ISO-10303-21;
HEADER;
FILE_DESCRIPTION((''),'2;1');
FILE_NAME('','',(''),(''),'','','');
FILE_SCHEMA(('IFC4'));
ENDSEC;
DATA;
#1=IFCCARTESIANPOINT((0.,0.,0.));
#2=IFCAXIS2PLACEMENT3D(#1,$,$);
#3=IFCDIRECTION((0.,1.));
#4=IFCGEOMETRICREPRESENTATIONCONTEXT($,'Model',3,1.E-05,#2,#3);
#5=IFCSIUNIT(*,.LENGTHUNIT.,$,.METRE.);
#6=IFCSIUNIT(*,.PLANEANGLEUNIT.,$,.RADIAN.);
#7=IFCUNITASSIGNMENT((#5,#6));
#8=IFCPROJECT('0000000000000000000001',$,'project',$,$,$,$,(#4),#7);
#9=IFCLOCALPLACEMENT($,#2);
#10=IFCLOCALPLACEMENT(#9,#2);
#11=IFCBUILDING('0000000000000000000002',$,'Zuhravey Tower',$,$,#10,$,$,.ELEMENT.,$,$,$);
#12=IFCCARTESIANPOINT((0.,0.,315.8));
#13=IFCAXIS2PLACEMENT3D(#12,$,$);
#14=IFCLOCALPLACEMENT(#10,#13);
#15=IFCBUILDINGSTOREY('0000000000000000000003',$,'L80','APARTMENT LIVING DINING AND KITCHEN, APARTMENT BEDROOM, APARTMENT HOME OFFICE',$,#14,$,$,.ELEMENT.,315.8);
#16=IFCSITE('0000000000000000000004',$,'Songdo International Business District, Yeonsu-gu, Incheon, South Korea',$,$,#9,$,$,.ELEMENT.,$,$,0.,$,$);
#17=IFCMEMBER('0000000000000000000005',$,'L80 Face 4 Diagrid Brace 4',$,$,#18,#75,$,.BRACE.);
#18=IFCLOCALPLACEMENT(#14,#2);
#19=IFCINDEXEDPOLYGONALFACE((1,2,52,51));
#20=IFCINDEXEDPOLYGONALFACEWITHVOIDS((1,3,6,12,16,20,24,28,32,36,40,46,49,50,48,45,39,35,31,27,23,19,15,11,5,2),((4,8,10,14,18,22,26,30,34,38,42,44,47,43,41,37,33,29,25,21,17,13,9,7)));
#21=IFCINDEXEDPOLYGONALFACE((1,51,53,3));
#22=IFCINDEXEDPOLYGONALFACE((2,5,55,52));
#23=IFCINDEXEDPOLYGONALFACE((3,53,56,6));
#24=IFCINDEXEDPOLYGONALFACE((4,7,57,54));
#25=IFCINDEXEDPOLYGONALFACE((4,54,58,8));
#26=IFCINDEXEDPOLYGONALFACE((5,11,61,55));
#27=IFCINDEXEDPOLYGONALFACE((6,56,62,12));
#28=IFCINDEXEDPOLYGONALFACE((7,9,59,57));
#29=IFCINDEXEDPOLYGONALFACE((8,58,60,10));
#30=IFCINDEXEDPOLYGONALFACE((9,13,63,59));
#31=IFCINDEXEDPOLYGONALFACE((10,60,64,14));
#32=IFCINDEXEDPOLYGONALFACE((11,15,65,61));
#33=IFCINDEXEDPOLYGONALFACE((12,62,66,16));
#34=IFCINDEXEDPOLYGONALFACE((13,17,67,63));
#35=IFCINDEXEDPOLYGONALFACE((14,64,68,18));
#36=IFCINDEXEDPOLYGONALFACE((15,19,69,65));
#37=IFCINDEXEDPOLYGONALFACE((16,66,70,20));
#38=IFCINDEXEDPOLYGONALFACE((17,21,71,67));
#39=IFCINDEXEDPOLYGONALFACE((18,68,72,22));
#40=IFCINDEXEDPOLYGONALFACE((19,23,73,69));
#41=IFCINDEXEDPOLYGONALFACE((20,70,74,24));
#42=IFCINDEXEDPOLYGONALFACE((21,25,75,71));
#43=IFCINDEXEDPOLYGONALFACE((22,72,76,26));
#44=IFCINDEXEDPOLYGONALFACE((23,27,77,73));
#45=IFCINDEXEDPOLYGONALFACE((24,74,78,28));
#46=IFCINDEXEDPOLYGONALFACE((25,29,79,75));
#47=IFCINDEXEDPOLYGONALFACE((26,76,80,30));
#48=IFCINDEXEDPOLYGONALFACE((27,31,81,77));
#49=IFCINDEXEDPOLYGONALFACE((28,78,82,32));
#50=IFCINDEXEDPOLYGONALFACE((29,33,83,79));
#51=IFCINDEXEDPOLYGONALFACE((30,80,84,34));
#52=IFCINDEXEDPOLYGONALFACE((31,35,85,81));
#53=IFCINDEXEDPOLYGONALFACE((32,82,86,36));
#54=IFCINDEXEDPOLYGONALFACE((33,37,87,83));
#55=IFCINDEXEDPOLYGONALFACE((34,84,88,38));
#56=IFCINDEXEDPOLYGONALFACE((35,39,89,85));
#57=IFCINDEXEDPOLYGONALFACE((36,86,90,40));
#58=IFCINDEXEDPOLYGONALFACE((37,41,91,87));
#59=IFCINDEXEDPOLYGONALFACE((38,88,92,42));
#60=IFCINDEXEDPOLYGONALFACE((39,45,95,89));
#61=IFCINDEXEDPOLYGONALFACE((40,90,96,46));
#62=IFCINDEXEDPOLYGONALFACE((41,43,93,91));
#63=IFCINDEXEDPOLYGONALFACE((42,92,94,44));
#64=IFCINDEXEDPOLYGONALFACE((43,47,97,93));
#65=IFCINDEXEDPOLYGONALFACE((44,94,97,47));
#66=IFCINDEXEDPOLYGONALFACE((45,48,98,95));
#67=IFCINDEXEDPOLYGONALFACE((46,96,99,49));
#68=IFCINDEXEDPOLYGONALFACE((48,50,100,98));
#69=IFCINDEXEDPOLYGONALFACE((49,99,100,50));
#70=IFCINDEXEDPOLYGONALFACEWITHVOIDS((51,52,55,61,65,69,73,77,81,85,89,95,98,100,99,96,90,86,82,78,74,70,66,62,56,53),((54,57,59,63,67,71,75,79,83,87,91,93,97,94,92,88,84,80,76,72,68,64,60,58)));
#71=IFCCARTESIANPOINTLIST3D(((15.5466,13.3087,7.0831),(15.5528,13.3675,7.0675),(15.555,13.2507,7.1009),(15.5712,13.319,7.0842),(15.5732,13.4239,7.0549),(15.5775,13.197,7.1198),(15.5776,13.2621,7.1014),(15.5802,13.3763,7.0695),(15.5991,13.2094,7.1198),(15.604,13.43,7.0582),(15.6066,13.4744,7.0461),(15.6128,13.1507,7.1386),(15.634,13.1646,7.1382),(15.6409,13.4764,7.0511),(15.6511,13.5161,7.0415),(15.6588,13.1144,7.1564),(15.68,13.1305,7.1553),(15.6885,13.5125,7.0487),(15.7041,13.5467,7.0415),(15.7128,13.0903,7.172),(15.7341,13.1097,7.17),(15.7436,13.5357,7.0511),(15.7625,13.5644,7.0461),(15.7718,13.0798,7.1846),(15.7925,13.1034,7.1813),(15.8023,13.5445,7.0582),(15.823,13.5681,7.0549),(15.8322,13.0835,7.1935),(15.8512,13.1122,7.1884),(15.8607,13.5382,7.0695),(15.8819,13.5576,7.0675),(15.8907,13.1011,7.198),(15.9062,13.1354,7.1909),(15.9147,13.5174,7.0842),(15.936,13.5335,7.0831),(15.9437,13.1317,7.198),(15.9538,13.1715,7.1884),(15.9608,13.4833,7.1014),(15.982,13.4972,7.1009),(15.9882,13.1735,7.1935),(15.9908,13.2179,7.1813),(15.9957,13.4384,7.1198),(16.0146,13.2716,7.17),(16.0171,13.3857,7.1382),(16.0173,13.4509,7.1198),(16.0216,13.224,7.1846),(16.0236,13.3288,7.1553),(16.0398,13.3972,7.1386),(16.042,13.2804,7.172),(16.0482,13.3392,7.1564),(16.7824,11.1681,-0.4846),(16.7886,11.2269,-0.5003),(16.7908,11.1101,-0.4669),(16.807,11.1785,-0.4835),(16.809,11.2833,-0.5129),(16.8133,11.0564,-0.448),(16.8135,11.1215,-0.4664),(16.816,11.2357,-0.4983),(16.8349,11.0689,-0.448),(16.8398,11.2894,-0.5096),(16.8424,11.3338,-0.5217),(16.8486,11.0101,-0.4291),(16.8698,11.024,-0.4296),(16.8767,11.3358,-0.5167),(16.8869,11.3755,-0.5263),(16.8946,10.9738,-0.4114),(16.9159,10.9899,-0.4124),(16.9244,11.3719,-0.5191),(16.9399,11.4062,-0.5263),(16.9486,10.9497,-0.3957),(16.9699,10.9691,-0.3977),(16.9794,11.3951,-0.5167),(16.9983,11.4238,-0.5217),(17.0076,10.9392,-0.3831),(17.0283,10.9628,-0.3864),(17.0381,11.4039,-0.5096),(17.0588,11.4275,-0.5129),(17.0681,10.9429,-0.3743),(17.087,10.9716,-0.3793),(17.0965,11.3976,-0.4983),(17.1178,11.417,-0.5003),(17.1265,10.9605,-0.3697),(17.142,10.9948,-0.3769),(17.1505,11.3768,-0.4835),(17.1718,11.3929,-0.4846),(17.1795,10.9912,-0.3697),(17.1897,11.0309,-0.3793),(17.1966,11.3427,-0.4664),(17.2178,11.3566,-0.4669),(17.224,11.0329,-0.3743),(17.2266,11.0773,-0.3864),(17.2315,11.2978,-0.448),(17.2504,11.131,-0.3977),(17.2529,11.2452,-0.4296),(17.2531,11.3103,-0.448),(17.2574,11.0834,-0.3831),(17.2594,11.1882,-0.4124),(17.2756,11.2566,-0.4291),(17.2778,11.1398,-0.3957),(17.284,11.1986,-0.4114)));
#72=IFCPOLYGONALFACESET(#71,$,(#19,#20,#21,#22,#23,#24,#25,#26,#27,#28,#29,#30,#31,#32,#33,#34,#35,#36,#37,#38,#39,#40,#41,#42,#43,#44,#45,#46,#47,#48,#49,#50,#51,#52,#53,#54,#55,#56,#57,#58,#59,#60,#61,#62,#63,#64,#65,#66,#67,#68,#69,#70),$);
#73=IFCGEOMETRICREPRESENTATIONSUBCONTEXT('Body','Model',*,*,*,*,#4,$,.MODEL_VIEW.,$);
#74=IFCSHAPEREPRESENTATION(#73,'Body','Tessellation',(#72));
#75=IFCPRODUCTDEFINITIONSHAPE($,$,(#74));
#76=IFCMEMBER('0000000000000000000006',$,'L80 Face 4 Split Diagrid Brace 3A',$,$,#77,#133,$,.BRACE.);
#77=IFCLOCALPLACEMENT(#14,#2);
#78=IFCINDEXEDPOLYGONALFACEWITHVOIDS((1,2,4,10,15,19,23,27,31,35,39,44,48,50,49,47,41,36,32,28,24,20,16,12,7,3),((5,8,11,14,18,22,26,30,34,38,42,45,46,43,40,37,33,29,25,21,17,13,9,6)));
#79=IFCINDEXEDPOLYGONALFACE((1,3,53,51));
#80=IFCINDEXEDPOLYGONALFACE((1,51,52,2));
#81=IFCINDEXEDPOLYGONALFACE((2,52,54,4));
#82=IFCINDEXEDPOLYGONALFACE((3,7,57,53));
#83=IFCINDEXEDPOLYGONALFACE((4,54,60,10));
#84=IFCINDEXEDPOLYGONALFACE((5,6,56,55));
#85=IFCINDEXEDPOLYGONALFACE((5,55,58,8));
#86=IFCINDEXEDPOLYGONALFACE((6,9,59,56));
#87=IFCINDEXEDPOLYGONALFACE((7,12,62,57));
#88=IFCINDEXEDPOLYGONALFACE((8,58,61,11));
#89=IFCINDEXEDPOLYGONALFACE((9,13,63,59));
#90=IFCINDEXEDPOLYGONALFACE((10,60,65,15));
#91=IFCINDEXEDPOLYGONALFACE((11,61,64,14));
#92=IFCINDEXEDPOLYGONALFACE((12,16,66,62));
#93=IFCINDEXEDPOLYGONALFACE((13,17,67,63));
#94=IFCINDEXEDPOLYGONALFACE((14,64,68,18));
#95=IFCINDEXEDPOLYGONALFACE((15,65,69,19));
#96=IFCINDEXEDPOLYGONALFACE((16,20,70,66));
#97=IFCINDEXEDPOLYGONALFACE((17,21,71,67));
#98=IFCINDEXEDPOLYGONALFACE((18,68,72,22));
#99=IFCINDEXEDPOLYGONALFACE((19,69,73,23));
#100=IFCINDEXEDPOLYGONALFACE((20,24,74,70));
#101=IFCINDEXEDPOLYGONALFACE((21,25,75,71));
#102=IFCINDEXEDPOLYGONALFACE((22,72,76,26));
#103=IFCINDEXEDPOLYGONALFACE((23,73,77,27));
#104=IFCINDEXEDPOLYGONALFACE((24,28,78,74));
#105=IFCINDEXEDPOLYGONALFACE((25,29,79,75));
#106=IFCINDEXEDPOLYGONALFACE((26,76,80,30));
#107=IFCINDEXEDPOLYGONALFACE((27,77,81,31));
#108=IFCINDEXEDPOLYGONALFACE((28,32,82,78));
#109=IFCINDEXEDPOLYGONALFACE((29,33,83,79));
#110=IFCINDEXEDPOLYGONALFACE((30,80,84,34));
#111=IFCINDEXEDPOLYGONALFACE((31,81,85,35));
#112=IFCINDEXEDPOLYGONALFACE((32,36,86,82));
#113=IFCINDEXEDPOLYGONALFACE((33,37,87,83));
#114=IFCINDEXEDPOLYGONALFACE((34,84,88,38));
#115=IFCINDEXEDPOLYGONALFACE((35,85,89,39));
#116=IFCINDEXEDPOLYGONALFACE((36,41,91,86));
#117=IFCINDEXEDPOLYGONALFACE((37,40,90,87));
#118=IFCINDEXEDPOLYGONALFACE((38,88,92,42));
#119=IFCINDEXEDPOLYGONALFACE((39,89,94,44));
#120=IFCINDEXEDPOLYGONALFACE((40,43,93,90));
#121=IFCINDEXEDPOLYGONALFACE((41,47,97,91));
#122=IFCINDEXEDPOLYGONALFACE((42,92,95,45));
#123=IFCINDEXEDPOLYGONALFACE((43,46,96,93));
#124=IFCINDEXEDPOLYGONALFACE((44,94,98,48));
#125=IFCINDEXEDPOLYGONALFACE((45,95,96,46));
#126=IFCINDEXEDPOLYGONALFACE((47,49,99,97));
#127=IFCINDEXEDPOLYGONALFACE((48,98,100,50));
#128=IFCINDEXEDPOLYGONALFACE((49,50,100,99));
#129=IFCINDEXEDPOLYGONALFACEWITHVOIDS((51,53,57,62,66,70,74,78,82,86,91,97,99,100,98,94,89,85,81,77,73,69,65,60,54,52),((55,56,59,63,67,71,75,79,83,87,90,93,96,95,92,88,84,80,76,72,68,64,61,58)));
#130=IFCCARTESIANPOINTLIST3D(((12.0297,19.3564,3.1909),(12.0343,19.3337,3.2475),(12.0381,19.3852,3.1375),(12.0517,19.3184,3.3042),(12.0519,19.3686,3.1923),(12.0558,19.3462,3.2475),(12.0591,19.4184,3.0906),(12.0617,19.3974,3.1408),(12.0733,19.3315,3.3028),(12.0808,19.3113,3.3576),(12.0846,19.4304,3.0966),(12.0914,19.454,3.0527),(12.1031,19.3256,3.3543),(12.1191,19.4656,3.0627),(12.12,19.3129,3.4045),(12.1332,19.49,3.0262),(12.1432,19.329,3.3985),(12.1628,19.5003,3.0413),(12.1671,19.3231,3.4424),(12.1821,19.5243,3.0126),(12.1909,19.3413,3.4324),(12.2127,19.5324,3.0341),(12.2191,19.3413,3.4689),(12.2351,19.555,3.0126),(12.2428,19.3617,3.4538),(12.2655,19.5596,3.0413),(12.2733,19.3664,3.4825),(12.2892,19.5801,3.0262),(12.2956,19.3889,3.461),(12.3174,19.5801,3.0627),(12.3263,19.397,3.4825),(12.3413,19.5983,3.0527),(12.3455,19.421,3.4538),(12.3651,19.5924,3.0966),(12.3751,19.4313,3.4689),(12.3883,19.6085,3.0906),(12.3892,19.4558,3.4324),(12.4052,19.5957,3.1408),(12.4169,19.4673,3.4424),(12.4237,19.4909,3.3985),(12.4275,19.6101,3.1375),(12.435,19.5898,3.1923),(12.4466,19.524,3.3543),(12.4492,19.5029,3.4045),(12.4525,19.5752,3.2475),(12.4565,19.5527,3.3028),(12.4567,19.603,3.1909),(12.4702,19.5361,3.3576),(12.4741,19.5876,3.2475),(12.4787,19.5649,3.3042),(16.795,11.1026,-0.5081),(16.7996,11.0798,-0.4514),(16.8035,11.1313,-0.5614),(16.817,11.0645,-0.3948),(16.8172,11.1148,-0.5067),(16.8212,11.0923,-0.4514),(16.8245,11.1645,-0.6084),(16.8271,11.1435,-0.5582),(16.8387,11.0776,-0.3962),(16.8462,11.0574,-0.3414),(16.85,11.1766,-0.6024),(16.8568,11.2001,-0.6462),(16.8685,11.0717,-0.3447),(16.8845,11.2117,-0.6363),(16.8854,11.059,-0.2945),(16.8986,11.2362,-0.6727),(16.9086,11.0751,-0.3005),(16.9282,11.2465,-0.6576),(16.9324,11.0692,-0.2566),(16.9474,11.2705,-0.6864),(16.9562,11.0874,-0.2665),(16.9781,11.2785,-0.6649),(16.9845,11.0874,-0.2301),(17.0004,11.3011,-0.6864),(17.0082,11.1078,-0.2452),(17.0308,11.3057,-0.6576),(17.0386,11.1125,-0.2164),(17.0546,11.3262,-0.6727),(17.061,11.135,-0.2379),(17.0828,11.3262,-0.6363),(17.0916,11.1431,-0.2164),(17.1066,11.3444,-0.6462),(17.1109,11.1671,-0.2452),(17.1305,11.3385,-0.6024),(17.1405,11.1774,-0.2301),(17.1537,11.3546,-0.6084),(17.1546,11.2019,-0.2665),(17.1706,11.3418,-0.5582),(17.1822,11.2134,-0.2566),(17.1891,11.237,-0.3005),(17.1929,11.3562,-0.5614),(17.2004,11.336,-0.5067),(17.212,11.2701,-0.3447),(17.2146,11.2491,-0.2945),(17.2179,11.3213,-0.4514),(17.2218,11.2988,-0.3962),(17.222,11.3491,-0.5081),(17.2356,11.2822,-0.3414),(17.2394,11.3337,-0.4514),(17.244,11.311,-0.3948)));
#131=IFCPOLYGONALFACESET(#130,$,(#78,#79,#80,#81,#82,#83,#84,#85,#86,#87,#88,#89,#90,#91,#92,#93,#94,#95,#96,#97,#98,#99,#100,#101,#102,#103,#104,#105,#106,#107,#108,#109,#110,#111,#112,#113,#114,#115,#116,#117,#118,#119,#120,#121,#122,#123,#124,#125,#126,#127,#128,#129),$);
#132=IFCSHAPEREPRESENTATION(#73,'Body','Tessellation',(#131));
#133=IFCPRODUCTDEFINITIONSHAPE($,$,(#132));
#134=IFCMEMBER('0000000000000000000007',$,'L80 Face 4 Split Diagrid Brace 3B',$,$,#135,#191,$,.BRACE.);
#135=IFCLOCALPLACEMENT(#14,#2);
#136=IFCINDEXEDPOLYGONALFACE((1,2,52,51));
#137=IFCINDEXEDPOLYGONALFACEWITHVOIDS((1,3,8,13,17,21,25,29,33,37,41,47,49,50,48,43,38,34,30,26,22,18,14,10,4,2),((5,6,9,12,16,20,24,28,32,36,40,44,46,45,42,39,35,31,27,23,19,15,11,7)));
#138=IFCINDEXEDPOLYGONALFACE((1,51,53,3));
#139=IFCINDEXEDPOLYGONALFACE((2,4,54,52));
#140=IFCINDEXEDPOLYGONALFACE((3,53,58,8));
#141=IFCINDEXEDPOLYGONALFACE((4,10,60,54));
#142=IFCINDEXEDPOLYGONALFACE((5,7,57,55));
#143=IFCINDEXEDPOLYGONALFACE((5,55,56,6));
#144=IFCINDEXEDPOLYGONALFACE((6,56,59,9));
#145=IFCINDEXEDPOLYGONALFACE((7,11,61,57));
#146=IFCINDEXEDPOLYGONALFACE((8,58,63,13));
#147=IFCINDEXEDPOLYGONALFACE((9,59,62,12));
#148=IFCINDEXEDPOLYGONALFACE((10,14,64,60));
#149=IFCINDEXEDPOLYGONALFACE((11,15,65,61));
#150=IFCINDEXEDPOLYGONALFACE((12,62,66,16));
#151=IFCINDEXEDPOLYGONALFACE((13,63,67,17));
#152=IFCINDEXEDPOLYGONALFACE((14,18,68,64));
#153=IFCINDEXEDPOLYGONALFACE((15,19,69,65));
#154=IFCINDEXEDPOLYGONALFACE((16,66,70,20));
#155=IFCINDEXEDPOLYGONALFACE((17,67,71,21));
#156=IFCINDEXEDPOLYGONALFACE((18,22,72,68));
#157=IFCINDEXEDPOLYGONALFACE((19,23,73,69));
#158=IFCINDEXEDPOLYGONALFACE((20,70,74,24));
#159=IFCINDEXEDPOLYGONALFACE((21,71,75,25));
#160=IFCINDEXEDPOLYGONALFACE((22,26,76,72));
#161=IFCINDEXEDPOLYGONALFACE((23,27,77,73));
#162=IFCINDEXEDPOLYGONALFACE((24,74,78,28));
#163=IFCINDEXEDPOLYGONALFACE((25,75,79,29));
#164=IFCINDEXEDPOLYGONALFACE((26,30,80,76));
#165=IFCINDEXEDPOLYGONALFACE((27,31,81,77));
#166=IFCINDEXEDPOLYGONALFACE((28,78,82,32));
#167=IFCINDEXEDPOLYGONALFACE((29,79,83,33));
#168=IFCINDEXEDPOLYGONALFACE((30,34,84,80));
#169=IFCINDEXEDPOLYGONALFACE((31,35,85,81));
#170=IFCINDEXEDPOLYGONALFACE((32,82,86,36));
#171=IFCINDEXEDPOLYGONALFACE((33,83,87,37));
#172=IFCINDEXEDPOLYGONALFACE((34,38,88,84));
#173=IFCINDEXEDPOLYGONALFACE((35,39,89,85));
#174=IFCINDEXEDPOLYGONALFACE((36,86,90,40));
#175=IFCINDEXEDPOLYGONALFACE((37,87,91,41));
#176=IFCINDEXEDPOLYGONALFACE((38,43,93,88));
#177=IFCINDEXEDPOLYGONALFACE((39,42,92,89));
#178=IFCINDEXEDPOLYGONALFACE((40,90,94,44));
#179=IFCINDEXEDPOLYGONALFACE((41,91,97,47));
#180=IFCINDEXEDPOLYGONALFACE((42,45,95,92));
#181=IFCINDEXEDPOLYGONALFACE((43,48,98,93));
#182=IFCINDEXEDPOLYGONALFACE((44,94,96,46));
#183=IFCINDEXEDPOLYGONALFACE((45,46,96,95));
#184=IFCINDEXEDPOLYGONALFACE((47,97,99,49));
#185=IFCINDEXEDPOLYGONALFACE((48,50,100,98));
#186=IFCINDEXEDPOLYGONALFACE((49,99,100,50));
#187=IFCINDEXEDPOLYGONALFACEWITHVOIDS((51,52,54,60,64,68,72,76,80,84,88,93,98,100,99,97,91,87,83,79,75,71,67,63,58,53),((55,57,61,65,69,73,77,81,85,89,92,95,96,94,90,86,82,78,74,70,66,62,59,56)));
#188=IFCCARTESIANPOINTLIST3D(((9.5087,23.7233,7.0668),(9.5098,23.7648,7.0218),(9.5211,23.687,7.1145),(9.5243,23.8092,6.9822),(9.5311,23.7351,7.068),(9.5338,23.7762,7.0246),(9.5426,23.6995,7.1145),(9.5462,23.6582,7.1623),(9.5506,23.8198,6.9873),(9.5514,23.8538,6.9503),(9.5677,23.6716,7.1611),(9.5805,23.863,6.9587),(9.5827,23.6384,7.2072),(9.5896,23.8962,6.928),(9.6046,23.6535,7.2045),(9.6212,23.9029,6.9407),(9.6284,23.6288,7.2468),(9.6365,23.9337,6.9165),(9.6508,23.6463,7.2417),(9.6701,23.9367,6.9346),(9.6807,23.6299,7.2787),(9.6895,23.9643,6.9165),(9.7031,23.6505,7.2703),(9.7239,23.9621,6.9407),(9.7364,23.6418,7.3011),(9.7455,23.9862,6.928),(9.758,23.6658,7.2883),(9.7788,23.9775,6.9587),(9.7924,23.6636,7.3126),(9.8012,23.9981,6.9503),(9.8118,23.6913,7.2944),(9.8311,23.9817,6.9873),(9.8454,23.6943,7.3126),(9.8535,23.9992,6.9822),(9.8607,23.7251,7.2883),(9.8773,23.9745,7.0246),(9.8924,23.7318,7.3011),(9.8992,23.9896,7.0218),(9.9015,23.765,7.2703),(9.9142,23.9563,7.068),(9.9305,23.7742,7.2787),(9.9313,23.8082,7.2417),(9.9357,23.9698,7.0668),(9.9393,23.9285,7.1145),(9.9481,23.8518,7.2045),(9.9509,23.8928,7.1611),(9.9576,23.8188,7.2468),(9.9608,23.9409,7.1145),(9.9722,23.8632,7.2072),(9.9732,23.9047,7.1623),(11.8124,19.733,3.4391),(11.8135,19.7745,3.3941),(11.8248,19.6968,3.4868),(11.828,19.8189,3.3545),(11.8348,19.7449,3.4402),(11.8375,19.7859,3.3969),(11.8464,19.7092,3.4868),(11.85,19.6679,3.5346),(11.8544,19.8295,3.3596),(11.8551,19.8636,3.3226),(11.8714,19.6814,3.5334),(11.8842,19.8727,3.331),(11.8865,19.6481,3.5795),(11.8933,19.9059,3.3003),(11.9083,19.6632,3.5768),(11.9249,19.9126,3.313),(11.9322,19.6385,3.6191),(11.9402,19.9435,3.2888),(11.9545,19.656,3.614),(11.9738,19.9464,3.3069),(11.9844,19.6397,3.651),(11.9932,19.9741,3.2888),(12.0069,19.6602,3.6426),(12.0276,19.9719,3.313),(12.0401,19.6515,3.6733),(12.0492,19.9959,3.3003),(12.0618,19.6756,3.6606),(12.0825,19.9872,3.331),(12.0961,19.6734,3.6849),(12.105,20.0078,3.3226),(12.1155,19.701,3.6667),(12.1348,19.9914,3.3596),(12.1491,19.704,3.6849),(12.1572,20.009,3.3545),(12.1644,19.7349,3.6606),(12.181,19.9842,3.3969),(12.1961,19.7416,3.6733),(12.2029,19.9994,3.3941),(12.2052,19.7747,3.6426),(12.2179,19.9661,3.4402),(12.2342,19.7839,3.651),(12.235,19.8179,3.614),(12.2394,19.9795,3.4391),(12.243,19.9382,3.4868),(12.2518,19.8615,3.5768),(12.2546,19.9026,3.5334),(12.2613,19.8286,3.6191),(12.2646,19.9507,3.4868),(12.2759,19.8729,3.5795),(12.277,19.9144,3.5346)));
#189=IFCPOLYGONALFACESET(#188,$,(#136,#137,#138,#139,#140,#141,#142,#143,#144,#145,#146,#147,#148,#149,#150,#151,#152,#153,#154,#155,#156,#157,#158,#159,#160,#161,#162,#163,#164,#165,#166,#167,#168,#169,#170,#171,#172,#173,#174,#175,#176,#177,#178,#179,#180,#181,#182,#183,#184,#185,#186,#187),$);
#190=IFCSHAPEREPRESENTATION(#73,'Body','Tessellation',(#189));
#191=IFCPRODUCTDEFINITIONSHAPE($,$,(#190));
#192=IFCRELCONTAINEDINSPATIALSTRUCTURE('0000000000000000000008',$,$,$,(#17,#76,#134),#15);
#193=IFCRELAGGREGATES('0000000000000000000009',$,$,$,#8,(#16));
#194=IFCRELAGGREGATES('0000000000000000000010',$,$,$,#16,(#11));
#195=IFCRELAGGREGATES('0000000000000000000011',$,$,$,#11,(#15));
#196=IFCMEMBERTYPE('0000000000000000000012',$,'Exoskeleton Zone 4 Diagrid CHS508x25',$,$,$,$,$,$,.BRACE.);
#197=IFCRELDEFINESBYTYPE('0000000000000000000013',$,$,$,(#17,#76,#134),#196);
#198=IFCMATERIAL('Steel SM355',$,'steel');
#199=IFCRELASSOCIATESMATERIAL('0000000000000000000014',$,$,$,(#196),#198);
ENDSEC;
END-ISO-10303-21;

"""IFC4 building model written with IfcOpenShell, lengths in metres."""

from ifc_helpers import new_model, si_unit, direction, frame, origin, origin_2d, place, context, subcontext, project, spatial, hollow_circle, extrude, material, material_profile, profile_set, type_object, element, save


model = new_model("IFC4")

# Units and contexts
model_context = context("Model", 3, precision=1e-05, world=origin(), true_north=direction((0.0, 1.0)))
body_context = subcontext(model_context, "Body", "Model", "MODEL_VIEW")
ifc_project = project(units=[si_unit("LENGTHUNIT", "METRE"), si_unit("PLANEANGLEUNIT", "RADIAN")], contexts=[model_context])

# Site, building, storey
site_placement = place(None, origin())
site = spatial("IfcSite", under=ifc_project, at=site_placement, Name="Songdo International Business District, Yeonsu-gu, Incheon, South Korea", CompositionType="ELEMENT", RefElevation=0.0)
building_placement = place(site_placement, origin())
building = spatial("IfcBuilding", under=site, at=building_placement, Name="Zuhravey Tower", CompositionType="ELEMENT")
storey_placement = place(building_placement, frame((0.0, 0.0, 315.8)))
storey = spatial("IfcBuildingStorey", under=building, at=storey_placement, Name="L80", Description="APARTMENT LIVING DINING AND KITCHEN, APARTMENT BEDROOM, APARTMENT HOME OFFICE", CompositionType="ELEMENT", Elevation=315.8)

# Members
ifc_material_1 = material(Name="Steel SM355", Category="steel")
ifc_material_profile_1 = material_profile(ifc_material_1, hollow_circle(Radius=0.2539, WallThickness=0.0249, at=origin_2d()), Name="CHS-508.0x25")
ifc_profile_set_1 = profile_set([ifc_material_profile_1], Name="Steel SM355")
member_type_1 = type_object("IfcMemberType", Name="Exoskeleton Zone 4 Diagrid CHS508x25", PredefinedType="BRACE", material=ifc_profile_set_1)
member_1_placement = place(storey_placement, frame((17.0332, 11.1833, -0.448), z_axis=(-0.155231, 0.268879, 0.950583), x_axis=(-0.866034, -0.499985, 0.0)))
element("IfcMember", 1, at=member_1_placement, inside=storey, type_object=member_type_1, Name="L80 Face 4 Diagrid Brace 4", PredefinedType="BRACE", context=body_context, shape_type="SweptSolid", body=[
    extrude(hollow_circle(Radius=0.2539, WallThickness=0.0249, at=origin_2d()), origin(), (0.0, 0.0, 1.0), 7.9612),
])
member_2_placement = place(storey_placement, frame((17.0195, 11.2068, -0.4514), z_axis=(-0.466124, 0.807353, 0.361814), x_axis=(-0.866026, -0.499999, 0.0)))
element("IfcMember", 2, at=member_2_placement, inside=storey, type_object=member_type_1, Name="L80 Face 4 Split Diagrid Brace 3A", PredefinedType="BRACE", context=body_context, shape_type="SweptSolid", body=[
    extrude(hollow_circle(Radius=0.2539, WallThickness=0.0249, at=origin_2d()), origin(), (0.0, 0.0, 1.0), 10.2234),
])
member_3_placement = place(storey_placement, frame((12.0447, 19.8237, 3.4868), z_axis=(-0.392841, 0.680437, 0.618613), x_axis=(-0.86603, -0.499992, 0.0)))
element("IfcMember", 3, at=member_3_placement, inside=storey, type_object=member_type_1, Name="L80 Face 4 Split Diagrid Brace 3B", PredefinedType="BRACE", context=body_context, shape_type="SweptSolid", body=[
    extrude(hollow_circle(Radius=0.2539, WallThickness=0.0249, at=origin_2d()), origin(), (0.0, 0.0, 1.0), 5.8643),
])

save(model, "model.ifc")
